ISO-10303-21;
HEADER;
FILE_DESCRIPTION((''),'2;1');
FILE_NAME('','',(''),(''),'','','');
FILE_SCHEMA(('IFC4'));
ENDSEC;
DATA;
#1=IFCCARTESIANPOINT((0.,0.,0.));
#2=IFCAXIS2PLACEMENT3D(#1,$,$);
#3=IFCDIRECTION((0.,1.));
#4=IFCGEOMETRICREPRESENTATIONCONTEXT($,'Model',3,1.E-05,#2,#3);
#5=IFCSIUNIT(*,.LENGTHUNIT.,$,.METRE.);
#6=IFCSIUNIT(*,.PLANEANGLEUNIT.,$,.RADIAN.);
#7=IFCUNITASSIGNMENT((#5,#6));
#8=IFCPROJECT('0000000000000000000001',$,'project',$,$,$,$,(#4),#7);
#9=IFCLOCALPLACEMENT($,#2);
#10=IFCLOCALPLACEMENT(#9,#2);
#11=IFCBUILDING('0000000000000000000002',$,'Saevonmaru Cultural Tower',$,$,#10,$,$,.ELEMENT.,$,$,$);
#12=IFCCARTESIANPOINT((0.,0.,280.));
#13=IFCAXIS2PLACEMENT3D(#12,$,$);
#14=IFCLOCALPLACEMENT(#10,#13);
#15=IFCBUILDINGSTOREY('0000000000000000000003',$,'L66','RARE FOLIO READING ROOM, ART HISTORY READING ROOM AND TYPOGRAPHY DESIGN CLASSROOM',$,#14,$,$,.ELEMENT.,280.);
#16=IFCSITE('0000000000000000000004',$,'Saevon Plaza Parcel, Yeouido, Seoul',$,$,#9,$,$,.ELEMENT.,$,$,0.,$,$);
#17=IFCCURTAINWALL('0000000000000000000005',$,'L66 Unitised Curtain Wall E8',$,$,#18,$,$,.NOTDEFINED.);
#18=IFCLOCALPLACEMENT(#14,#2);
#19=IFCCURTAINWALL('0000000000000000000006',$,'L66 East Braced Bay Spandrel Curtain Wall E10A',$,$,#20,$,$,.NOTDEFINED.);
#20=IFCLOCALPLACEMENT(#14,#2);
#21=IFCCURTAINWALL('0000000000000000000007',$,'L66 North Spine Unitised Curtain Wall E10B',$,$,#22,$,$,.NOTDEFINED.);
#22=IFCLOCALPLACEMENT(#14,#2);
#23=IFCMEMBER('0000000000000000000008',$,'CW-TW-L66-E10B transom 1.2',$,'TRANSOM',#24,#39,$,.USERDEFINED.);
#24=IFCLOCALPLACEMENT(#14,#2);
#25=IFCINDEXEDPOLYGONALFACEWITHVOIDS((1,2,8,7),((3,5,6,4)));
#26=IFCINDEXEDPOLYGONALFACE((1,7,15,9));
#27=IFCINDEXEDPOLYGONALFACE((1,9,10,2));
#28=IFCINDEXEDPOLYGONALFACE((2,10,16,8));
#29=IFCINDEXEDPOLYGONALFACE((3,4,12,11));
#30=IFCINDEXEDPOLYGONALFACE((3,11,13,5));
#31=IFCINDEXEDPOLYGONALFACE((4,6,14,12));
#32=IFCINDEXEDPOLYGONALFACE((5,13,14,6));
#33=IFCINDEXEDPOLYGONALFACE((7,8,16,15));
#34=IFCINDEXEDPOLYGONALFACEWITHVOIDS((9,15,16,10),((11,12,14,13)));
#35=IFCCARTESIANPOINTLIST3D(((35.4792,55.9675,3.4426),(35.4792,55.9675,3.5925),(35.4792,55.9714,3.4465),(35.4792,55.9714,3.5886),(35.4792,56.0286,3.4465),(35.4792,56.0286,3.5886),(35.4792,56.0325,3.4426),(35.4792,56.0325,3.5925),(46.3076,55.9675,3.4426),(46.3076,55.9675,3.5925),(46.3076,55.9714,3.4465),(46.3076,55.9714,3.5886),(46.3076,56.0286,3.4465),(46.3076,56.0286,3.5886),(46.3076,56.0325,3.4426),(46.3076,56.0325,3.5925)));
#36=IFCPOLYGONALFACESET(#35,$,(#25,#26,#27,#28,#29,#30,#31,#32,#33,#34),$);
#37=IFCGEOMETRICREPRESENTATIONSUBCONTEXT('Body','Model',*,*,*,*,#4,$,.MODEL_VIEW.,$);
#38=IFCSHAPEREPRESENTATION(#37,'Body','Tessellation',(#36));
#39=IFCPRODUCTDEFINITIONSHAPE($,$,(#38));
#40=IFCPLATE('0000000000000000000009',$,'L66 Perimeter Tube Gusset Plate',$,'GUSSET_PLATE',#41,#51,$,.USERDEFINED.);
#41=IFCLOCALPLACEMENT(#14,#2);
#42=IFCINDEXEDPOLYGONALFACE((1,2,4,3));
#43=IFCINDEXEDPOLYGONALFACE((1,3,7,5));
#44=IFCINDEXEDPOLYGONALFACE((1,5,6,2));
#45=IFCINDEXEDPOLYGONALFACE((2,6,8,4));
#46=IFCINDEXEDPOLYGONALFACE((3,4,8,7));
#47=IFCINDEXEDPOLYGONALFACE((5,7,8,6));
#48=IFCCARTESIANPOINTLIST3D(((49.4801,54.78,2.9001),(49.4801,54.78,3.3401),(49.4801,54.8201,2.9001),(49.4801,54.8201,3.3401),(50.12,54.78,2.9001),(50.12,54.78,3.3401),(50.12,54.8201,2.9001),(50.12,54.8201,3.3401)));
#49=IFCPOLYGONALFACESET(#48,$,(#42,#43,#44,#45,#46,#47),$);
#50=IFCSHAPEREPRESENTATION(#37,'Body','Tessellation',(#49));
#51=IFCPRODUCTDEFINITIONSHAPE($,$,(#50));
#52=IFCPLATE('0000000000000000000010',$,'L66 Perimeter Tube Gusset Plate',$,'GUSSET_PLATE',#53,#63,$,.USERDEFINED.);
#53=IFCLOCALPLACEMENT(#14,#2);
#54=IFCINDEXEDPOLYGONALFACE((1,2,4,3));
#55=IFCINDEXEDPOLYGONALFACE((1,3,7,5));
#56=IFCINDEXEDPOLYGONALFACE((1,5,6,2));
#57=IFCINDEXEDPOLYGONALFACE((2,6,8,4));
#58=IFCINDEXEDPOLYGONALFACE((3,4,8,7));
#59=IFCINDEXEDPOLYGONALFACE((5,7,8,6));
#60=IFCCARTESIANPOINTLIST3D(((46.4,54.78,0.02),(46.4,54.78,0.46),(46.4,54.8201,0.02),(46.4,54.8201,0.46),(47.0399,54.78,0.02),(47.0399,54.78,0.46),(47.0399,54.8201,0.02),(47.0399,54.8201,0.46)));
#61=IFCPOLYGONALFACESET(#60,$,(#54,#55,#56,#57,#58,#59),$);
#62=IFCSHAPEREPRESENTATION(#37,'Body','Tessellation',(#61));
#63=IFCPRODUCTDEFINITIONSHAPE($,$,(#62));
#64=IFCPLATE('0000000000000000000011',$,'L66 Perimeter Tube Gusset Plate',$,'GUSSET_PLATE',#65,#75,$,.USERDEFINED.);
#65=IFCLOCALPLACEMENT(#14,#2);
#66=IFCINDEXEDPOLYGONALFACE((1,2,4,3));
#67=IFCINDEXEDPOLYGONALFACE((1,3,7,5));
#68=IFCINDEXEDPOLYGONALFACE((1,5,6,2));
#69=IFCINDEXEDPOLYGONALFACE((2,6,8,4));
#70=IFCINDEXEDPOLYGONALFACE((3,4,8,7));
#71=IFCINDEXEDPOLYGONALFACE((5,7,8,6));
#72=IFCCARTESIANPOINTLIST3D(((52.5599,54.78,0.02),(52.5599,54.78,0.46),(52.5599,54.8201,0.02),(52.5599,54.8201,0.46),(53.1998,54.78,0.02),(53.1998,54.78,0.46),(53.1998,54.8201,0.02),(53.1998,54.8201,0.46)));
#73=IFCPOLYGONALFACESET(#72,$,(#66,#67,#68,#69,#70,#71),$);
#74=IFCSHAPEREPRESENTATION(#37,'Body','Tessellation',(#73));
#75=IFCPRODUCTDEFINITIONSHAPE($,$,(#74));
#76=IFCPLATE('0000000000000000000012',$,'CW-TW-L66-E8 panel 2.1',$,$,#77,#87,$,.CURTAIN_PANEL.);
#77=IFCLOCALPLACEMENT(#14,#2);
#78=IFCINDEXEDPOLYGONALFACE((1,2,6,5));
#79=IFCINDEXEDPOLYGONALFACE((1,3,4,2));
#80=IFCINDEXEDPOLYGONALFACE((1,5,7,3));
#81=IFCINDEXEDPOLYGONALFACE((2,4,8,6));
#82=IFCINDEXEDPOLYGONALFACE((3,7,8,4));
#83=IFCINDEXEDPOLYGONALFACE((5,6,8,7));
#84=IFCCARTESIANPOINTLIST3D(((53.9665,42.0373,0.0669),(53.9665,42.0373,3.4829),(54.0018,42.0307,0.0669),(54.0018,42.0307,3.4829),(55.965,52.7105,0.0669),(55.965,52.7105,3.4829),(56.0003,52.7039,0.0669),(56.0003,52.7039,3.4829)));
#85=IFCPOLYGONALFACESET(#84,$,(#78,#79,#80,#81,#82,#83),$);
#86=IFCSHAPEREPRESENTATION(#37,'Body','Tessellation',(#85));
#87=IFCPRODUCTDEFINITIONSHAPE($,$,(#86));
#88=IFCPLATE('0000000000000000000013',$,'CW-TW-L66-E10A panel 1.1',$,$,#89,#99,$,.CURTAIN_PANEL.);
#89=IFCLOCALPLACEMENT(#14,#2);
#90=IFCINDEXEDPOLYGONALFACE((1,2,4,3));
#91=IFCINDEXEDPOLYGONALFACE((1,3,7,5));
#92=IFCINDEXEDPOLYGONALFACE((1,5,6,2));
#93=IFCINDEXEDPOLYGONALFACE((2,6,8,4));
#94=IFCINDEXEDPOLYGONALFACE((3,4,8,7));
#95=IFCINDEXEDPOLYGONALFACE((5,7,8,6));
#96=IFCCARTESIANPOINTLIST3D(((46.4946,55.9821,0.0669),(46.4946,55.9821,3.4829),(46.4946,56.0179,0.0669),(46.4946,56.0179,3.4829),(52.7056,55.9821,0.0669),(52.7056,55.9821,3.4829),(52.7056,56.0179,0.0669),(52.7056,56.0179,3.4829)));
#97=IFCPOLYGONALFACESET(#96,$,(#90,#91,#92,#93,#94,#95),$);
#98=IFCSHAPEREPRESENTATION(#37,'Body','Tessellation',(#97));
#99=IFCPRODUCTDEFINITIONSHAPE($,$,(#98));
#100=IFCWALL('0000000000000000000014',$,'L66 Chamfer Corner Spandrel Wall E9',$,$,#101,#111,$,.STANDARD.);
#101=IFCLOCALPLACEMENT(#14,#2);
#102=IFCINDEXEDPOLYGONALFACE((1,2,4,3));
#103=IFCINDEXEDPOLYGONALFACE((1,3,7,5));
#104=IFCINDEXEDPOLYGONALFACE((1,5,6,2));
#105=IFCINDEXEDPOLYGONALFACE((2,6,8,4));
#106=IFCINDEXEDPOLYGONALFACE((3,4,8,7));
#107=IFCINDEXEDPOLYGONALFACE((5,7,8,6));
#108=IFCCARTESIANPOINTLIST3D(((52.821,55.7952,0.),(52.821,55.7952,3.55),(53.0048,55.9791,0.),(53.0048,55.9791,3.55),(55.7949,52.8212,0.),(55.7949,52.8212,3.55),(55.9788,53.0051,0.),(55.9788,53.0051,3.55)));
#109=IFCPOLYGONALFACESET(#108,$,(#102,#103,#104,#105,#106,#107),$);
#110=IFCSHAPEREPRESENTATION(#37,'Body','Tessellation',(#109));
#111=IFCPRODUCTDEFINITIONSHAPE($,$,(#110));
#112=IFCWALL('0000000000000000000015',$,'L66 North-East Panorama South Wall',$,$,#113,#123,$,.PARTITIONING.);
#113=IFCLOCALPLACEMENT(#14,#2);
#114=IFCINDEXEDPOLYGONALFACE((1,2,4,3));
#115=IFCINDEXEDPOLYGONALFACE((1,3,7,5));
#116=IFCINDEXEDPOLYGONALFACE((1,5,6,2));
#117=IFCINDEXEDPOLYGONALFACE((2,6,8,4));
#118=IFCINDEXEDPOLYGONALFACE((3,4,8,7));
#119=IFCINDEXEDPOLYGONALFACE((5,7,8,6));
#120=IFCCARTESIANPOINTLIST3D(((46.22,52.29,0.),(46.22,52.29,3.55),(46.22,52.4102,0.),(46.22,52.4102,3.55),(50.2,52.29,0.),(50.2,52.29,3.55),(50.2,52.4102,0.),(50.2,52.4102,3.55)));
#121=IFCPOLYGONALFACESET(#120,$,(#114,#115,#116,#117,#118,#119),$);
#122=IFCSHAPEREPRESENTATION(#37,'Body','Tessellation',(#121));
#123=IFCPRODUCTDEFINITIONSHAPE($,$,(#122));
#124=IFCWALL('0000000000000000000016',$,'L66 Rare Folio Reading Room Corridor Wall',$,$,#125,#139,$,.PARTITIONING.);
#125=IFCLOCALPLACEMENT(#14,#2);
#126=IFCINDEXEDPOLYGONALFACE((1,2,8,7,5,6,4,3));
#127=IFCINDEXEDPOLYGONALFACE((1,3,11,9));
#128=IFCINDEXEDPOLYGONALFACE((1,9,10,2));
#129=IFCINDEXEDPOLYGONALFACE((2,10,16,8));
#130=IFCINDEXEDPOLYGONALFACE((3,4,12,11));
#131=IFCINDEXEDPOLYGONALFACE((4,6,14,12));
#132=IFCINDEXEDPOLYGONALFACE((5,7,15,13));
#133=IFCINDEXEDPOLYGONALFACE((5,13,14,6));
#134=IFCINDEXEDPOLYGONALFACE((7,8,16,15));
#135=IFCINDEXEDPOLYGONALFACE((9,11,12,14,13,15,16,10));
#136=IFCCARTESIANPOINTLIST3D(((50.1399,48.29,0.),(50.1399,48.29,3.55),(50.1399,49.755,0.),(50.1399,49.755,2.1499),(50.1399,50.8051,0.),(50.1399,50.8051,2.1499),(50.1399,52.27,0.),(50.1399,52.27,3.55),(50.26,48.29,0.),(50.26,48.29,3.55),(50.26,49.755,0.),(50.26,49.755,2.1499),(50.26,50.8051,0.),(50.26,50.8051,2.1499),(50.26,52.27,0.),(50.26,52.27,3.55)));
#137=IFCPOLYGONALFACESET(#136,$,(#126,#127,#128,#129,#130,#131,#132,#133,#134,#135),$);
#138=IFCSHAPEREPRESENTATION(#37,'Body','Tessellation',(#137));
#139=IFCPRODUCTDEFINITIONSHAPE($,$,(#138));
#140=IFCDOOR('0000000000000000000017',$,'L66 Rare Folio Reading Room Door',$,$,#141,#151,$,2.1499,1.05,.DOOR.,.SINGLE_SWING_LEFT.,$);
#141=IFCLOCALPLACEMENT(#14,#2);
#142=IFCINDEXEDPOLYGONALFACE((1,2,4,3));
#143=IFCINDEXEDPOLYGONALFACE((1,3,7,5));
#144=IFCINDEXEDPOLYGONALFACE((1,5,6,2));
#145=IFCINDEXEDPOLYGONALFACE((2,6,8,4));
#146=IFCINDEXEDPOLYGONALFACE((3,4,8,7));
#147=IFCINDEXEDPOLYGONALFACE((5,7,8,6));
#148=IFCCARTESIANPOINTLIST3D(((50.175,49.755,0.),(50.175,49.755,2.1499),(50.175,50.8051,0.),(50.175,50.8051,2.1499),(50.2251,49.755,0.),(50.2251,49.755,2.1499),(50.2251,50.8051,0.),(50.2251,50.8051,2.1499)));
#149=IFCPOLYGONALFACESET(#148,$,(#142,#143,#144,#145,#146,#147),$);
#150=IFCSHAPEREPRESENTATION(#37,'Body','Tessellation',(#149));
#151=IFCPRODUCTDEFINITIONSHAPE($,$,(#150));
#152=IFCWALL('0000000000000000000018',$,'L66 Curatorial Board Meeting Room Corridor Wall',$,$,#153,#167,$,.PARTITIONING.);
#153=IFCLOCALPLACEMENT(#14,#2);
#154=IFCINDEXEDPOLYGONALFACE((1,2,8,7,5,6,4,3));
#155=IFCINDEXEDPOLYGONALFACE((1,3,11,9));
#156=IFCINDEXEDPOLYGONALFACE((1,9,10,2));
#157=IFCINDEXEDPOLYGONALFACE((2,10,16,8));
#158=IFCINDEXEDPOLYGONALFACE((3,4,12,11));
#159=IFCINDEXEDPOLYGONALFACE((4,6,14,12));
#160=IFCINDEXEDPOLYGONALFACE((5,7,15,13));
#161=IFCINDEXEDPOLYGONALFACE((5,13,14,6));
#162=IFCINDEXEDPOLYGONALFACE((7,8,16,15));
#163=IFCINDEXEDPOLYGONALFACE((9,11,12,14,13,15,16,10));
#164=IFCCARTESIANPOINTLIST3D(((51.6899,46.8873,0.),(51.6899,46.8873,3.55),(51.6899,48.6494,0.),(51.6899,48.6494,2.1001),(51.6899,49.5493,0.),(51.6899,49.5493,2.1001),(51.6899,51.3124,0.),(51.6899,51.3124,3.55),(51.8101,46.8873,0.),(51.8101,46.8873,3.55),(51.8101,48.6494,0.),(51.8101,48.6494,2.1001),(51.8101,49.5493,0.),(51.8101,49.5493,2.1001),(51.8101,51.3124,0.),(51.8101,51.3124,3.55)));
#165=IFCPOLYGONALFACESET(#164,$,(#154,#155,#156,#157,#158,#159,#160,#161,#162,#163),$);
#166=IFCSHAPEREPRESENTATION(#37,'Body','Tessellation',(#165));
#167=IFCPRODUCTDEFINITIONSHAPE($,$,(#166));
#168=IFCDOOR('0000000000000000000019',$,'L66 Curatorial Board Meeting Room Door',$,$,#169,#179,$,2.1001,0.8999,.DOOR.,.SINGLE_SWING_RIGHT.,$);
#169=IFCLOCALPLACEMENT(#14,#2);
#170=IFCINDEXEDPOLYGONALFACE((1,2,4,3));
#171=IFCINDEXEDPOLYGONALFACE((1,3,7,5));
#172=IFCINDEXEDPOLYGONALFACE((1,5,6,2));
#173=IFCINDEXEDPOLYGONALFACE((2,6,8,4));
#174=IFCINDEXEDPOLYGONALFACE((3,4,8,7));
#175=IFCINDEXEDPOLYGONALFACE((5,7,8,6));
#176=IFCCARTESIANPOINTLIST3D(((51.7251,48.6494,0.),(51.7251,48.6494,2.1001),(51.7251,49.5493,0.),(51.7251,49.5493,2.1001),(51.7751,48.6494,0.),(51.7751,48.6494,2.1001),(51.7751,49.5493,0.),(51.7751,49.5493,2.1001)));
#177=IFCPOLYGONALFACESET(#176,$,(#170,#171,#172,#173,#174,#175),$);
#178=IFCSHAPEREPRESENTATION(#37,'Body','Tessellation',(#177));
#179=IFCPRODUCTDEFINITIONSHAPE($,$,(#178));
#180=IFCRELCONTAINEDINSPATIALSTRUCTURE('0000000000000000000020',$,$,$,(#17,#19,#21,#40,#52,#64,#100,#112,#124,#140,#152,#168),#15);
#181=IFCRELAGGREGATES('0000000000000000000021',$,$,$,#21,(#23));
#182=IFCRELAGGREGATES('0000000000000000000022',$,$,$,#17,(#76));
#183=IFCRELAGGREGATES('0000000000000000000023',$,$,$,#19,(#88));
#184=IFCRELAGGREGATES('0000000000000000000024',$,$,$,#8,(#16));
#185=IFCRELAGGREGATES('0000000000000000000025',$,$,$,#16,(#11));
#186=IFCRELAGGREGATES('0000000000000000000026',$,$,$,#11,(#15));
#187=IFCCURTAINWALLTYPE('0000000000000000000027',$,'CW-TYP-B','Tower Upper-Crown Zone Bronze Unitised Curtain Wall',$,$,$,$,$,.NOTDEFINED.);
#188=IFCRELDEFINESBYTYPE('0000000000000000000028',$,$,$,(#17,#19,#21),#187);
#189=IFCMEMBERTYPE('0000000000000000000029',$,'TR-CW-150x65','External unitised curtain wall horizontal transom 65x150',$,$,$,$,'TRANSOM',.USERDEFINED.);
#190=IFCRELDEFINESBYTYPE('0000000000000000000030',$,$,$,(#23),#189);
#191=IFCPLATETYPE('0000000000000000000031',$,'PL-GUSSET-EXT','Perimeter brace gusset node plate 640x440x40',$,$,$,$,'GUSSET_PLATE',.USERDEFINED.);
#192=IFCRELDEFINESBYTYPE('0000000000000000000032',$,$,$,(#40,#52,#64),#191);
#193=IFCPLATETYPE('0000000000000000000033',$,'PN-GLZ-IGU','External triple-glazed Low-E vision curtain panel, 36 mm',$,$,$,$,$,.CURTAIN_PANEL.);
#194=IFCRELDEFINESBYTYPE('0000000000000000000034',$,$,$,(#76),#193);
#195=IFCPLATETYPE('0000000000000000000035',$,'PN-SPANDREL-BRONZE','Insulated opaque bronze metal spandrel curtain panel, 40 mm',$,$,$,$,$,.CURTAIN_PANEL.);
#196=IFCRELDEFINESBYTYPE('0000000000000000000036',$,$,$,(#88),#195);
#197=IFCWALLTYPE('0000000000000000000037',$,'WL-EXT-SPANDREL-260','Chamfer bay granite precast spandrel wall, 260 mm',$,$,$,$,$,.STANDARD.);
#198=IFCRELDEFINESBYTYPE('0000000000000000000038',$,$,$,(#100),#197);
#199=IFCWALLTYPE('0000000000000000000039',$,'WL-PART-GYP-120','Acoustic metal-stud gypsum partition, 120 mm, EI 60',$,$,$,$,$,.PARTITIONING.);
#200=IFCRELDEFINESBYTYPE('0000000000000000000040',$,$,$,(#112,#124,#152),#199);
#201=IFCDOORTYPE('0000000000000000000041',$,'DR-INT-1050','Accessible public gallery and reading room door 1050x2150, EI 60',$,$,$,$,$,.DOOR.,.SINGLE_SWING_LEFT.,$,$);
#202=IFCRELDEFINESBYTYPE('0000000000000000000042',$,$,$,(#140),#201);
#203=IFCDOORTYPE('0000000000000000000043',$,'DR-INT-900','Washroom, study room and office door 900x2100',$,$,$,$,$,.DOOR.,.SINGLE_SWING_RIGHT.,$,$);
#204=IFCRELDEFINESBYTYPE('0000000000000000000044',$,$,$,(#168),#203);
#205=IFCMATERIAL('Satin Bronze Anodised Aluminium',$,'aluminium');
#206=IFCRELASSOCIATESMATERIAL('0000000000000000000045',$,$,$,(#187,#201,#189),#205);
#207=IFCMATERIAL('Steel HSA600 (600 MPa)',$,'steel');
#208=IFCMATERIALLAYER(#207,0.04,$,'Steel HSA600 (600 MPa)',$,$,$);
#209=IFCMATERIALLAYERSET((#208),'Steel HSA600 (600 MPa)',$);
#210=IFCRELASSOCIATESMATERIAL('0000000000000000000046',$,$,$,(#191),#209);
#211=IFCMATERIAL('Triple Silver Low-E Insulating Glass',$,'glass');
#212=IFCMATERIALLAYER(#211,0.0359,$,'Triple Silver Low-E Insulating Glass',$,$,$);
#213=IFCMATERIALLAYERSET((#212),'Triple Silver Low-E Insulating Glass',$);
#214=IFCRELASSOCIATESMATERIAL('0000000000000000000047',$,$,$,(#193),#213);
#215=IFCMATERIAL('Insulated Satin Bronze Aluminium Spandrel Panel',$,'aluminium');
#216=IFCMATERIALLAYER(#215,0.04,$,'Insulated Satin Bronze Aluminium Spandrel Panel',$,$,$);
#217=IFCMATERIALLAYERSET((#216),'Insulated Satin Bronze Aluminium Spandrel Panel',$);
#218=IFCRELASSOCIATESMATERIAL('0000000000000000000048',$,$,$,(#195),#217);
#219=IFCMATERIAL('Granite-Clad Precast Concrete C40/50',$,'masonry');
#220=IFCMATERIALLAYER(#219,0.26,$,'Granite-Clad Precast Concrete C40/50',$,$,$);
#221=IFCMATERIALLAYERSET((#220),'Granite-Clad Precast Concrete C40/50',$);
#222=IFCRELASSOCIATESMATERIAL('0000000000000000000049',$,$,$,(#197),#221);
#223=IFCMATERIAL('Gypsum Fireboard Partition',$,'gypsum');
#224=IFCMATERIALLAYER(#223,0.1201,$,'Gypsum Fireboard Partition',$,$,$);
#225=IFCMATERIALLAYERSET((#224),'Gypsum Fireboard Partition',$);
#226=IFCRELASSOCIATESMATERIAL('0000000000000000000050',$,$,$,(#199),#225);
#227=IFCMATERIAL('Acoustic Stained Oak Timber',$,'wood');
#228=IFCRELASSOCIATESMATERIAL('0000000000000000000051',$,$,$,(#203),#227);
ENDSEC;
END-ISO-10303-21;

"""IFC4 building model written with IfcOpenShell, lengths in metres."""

from ifc_helpers import new_model, si_unit, direction, frame, frame_2d, origin, origin_2d, place, context, subcontext, project, spatial, rectangle, hollow_rectangle, extrude, material, layer, layer_set, material_profile, profile_set, type_object, element, fill, aggregate, save


model = new_model("IFC4")

# Units and contexts
model_context = context("Model", 3, precision=1e-05, world=origin(), true_north=direction((0.0, 1.0)))
body_context = subcontext(model_context, "Body", "Model", "MODEL_VIEW")
ifc_project = project(units=[si_unit("LENGTHUNIT", "METRE"), si_unit("PLANEANGLEUNIT", "RADIAN")], contexts=[model_context])

# Site, building, storey
site_placement = place(None, origin())
site = spatial("IfcSite", under=ifc_project, at=site_placement, Name="Saevon Plaza Parcel, Yeouido, Seoul", CompositionType="ELEMENT", RefElevation=0.0)
building_placement = place(site_placement, origin())
building = spatial("IfcBuilding", under=site, at=building_placement, Name="Saevonmaru Cultural Tower", CompositionType="ELEMENT")
storey_placement = place(building_placement, frame((0.0, 0.0, 280.0)))
storey = spatial("IfcBuildingStorey", under=building, at=storey_placement, Name="L66", Description="RARE FOLIO READING ROOM, ART HISTORY READING ROOM AND TYPOGRAPHY DESIGN CLASSROOM", CompositionType="ELEMENT", Elevation=280.0)

# Curtain wall
ifc_material_1 = material(Name="Satin Bronze Anodised Aluminium", Category="aluminium")
curtain_wall_type = type_object("IfcCurtainWallType", Name="CW-TYP-B", Description="Tower Upper-Crown Zone Bronze Unitised Curtain Wall", PredefinedType="NOTDEFINED", material=ifc_material_1)
curtain_wall_1_placement = place(storey_placement, origin())
curtain_wall_1 = element("IfcCurtainWall", 1, at=curtain_wall_1_placement, inside=storey, type_object=curtain_wall_type, Name="L66 Unitised Curtain Wall E8", PredefinedType="NOTDEFINED")

# Curtain wall
curtain_wall_2_placement = place(storey_placement, origin())
curtain_wall_2 = element("IfcCurtainWall", 2, at=curtain_wall_2_placement, inside=storey, type_object=curtain_wall_type, Name="L66 East Braced Bay Spandrel Curtain Wall E10A", PredefinedType="NOTDEFINED")

# Curtain wall
curtain_wall_3_placement = place(storey_placement, origin())
curtain_wall_3 = element("IfcCurtainWall", 3, at=curtain_wall_3_placement, inside=storey, type_object=curtain_wall_type, Name="L66 North Spine Unitised Curtain Wall E10B", PredefinedType="NOTDEFINED")

# Member
ifc_material_profile_1 = material_profile(ifc_material_1, hollow_rectangle(XDim=0.0649, YDim=0.1499, WallThickness=0.0039, at=origin_2d()), Name="ALU-TRAN-150x65x4")
ifc_profile_set_1 = profile_set([ifc_material_profile_1], Name="Satin Bronze Anodised Aluminium")
member_type_1 = type_object("IfcMemberType", Name="TR-CW-150x65", Description="External unitised curtain wall horizontal transom 65x150", ElementType="TRANSOM", PredefinedType="USERDEFINED", material=ifc_profile_set_1)
member_1_placement = place(storey_placement, frame((46.3076, 56.0, 3.5176), z_axis=(-1.0, 0.0, 0.0), x_axis=(0.0, -1.0, 0.0)))
member_1 = element("IfcMember", 4, at=member_1_placement, type_object=member_type_1, Name="CW-TW-L66-E10B transom 1.2", ObjectType="TRANSOM", PredefinedType="USERDEFINED", context=body_context, shape_type="SweptSolid", body=[
    extrude(hollow_rectangle(XDim=0.0649, YDim=0.1499, WallThickness=0.0039, at=origin_2d()), origin(), (0.0, 0.0, 1.0), 10.8284),
])
aggregate(curtain_wall_3, [member_1])

# Plates
ifc_material_2 = material(Name="Steel HSA600 (600 MPa)", Category="steel")
ifc_layer_1 = layer(ifc_material_2, 0.04, Name="Steel HSA600 (600 MPa)")
ifc_layer_set_1 = layer_set([ifc_layer_1], Name="Steel HSA600 (600 MPa)")
plate_type_1 = type_object("IfcPlateType", Name="PL-GUSSET-EXT", Description="Perimeter brace gusset node plate 640x440x40", ElementType="GUSSET_PLATE", PredefinedType="USERDEFINED", material=ifc_layer_set_1)
for number, where, z_axis, x_axis, name in (
    (5, (49.8, 54.8, 2.9001), (0.0, 0.0, 1.0), (1.0, 0.0, 0.0), "L66 Perimeter Tube Gusset Plate"),
    (6, (46.72, 54.8, 0.02), (0.0, 0.0, 1.0), (1.0, 0.0, 0.0), "L66 Perimeter Tube Gusset Plate"),
    (7, (52.8799, 54.8, 0.02), (0.0, 0.0, 1.0), (1.0, 0.0, 0.0), "L66 Perimeter Tube Gusset Plate"),
):
    element("IfcPlate", number, at=place(storey_placement, frame(where, z_axis=z_axis, x_axis=x_axis)), inside=storey, type_object=plate_type_1, Name=name, ObjectType="GUSSET_PLATE", PredefinedType="USERDEFINED", context=body_context, shape_type="SweptSolid", body=[
        extrude(rectangle(XDim=0.6399, YDim=0.04, at=origin_2d()), origin(), (0.0, 0.0, 1.0), 0.4399),
    ])

# Plates
ifc_material_3 = material(Name="Triple Silver Low-E Insulating Glass", Category="glass")
ifc_layer_2 = layer(ifc_material_3, 0.0359, Name="Triple Silver Low-E Insulating Glass")
ifc_layer_set_2 = layer_set([ifc_layer_2], Name="Triple Silver Low-E Insulating Glass")
plate_type_2 = type_object("IfcPlateType", Name="PN-GLZ-IGU", Description="External triple-glazed Low-E vision curtain panel, 36 mm", PredefinedType="CURTAIN_PANEL", material=ifc_layer_set_2)
plate_1_placement = place(storey_placement, frame((54.9834, 47.3706, 0.0669), z_axis=(0.0, 0.0, 1.0), x_axis=(0.184047, 0.982918, 0.0)))
plate_1 = element("IfcPlate", 8, at=plate_1_placement, type_object=plate_type_2, Name="CW-TW-L66-E8 panel 2.1", PredefinedType="CURTAIN_PANEL", context=body_context, shape_type="SweptSolid", body=[
    extrude(rectangle(XDim=10.8586, YDim=0.0359, at=origin_2d()), origin(), (0.0, 0.0, 1.0), 3.416),
])
aggregate(curtain_wall_1, [plate_1])
ifc_material_4 = material(Name="Insulated Satin Bronze Aluminium Spandrel Panel", Category="aluminium")
ifc_layer_3 = layer(ifc_material_4, 0.04, Name="Insulated Satin Bronze Aluminium Spandrel Panel")
ifc_layer_set_3 = layer_set([ifc_layer_3], Name="Insulated Satin Bronze Aluminium Spandrel Panel")
plate_type_3 = type_object("IfcPlateType", Name="PN-SPANDREL-BRONZE", Description="Insulated opaque bronze metal spandrel curtain panel, 40 mm", PredefinedType="CURTAIN_PANEL", material=ifc_layer_set_3)
plate_2_placement = place(storey_placement, frame((49.6001, 56.0, 0.0669), z_axis=(0.0, 0.0, 1.0), x_axis=(-1.0, 0.0, 0.0)))
plate_2 = element("IfcPlate", 9, at=plate_2_placement, type_object=plate_type_3, Name="CW-TW-L66-E10A panel 1.1", PredefinedType="CURTAIN_PANEL", context=body_context, shape_type="SweptSolid", body=[
    extrude(rectangle(XDim=6.2109, YDim=0.0359, at=origin_2d()), origin(), (0.0, 0.0, 1.0), 3.416),
])
aggregate(curtain_wall_2, [plate_2])

# Wall
ifc_material_5 = material(Name="Granite-Clad Precast Concrete C40/50", Category="masonry")
ifc_layer_4 = layer(ifc_material_5, 0.26, Name="Granite-Clad Precast Concrete C40/50")
ifc_layer_set_4 = layer_set([ifc_layer_4], Name="Granite-Clad Precast Concrete C40/50")
wall_type_1 = type_object("IfcWallType", Name="WL-EXT-SPANDREL-260", Description="Chamfer bay granite precast spandrel wall, 260 mm", PredefinedType="STANDARD", material=ifc_layer_set_4)
wall_1_placement = place(storey_placement, frame((55.887, 52.9131, 0.0), z_axis=(0.0, 0.0, 1.0), x_axis=(-0.707107, 0.707107, 0.0)))
element("IfcWall", 10, at=wall_1_placement, inside=storey, type_object=wall_type_1, Name="L66 Chamfer Corner Spandrel Wall E9", PredefinedType="STANDARD", context=body_context, shape_type="SweptSolid", body=[
    extrude(rectangle(XDim=4.2058, YDim=0.26, at=frame_2d((2.103, 0.0))), origin(), (0.0, 0.0, 1.0), 3.55),
])

# Shared definitions
ifc_material_6 = material(Name="Gypsum Fireboard Partition", Category="gypsum")
door_type_1 = type_object("IfcDoorType", Name="DR-INT-1050", Description="Accessible public gallery and reading room door 1050x2150, EI 60", OperationType="SINGLE_SWING_LEFT", PredefinedType="DOOR", material=ifc_material_1)

# Wall
ifc_layer_5 = layer(ifc_material_6, 0.1201, Name="Gypsum Fireboard Partition")
ifc_layer_set_5 = layer_set([ifc_layer_5], Name="Gypsum Fireboard Partition")
wall_type_2 = type_object("IfcWallType", Name="WL-PART-GYP-120", Description="Acoustic metal-stud gypsum partition, 120 mm, EI 60", PredefinedType="PARTITIONING", material=ifc_layer_set_5)
wall_2_placement = place(storey_placement, frame((46.22, 52.3501, 0.0), z_axis=(0.0, 0.0, 1.0), x_axis=(1.0, 0.0, 0.0)))
element("IfcWall", 11, at=wall_2_placement, inside=storey, type_object=wall_type_2, Name="L66 North-East Panorama South Wall", PredefinedType="PARTITIONING", context=body_context, shape_type="SweptSolid", body=[
    extrude(rectangle(XDim=3.98, YDim=0.1201, at=frame_2d((1.99, 0.0))), origin(), (0.0, 0.0, 1.0), 3.55),
])

# Walls, openings, doors
wall_3_placement = place(storey_placement, frame((50.2, 48.29, 0.0), z_axis=(0.0, 0.0, 1.0), x_axis=(0.0, 1.0, 0.0)))
wall_3 = element("IfcWall", 12, at=wall_3_placement, inside=storey, type_object=wall_type_2, Name="L66 Rare Folio Reading Room Corridor Wall", PredefinedType="PARTITIONING", context=body_context, shape_type="SweptSolid", body=[
    extrude(rectangle(XDim=3.98, YDim=0.1201, at=frame_2d((1.99, 0.0))), origin(), (0.0, 0.0, 1.0), 3.55),
])
opening_1_placement = place(wall_3_placement, frame((1.4651, 0.0, 0.0)))
opening_1 = element("IfcOpeningElement", 13, at=opening_1_placement, cuts=wall_3, PredefinedType="OPENING", context=body_context, shape_type="SweptSolid", body=[
    extrude(rectangle(XDim=1.05, YDim=2.1499, at=frame_2d((0.5249, 1.075))), frame((0.0, 0.0701, 0.0), z_axis=(0.0, -1.0, 0.0), x_axis=(1.0, 0.0, 0.0)), (0.0, 0.0, 1.0), 0.1401),
])
door_1_placement = place(opening_1_placement, origin())
door_1 = element("IfcDoor", 14, at=door_1_placement, inside=storey, type_object=door_type_1, Name="L66 Rare Folio Reading Room Door", OperationType="SINGLE_SWING_LEFT", OverallHeight=2.1499, OverallWidth=1.05, PredefinedType="DOOR", context=body_context, shape_type="SweptSolid", body=[
    extrude(rectangle(XDim=1.05, YDim=2.1499, at=frame_2d((0.5249, 1.075))), frame((0.0, 0.0249, 0.0), z_axis=(0.0, -1.0, 0.0), x_axis=(1.0, 0.0, 0.0)), (0.0, 0.0, 1.0), 0.05),
])
fill(opening_1, door_1)
wall_4_placement = place(storey_placement, frame((51.75, 46.8875, 0.0), z_axis=(0.0, 0.0, 1.0), x_axis=(0.0, 1.0, 0.0)))
wall_4 = element("IfcWall", 15, at=wall_4_placement, inside=storey, type_object=wall_type_2, Name="L66 Curatorial Board Meeting Room Corridor Wall", PredefinedType="PARTITIONING", context=body_context, shape_type="SweptSolid", body=[
    extrude(rectangle(XDim=4.425, YDim=0.1201, at=frame_2d((2.2124, 0.0))), origin(), (0.0, 0.0, 1.0), 3.55),
])
opening_2_placement = place(wall_4_placement, frame((1.762, 0.0, 0.0)))
opening_2 = element("IfcOpeningElement", 16, at=opening_2_placement, cuts=wall_4, PredefinedType="OPENING", context=body_context, shape_type="SweptSolid", body=[
    extrude(rectangle(XDim=0.8999, YDim=2.1001, at=frame_2d((0.45, 1.05))), frame((0.0, 0.0701, 0.0), z_axis=(0.0, -1.0, 0.0), x_axis=(1.0, 0.0, 0.0)), (0.0, 0.0, 1.0), 0.1401),
])
ifc_material_7 = material(Name="Acoustic Stained Oak Timber", Category="wood")
door_type_2 = type_object("IfcDoorType", Name="DR-INT-900", Description="Washroom, study room and office door 900x2100", OperationType="SINGLE_SWING_RIGHT", PredefinedType="DOOR", material=ifc_material_7)
door_2_placement = place(opening_2_placement, origin())
door_2 = element("IfcDoor", 17, at=door_2_placement, inside=storey, type_object=door_type_2, Name="L66 Curatorial Board Meeting Room Door", OperationType="SINGLE_SWING_RIGHT", OverallHeight=2.1001, OverallWidth=0.8999, PredefinedType="DOOR", context=body_context, shape_type="SweptSolid", body=[
    extrude(rectangle(XDim=0.8999, YDim=2.1001, at=frame_2d((0.45, 1.05))), frame((0.0, 0.0249, 0.0), z_axis=(0.0, -1.0, 0.0), x_axis=(1.0, 0.0, 0.0)), (0.0, 0.0, 1.0), 0.05),
])
fill(opening_2, door_2)

save(model, "model.ifc")
